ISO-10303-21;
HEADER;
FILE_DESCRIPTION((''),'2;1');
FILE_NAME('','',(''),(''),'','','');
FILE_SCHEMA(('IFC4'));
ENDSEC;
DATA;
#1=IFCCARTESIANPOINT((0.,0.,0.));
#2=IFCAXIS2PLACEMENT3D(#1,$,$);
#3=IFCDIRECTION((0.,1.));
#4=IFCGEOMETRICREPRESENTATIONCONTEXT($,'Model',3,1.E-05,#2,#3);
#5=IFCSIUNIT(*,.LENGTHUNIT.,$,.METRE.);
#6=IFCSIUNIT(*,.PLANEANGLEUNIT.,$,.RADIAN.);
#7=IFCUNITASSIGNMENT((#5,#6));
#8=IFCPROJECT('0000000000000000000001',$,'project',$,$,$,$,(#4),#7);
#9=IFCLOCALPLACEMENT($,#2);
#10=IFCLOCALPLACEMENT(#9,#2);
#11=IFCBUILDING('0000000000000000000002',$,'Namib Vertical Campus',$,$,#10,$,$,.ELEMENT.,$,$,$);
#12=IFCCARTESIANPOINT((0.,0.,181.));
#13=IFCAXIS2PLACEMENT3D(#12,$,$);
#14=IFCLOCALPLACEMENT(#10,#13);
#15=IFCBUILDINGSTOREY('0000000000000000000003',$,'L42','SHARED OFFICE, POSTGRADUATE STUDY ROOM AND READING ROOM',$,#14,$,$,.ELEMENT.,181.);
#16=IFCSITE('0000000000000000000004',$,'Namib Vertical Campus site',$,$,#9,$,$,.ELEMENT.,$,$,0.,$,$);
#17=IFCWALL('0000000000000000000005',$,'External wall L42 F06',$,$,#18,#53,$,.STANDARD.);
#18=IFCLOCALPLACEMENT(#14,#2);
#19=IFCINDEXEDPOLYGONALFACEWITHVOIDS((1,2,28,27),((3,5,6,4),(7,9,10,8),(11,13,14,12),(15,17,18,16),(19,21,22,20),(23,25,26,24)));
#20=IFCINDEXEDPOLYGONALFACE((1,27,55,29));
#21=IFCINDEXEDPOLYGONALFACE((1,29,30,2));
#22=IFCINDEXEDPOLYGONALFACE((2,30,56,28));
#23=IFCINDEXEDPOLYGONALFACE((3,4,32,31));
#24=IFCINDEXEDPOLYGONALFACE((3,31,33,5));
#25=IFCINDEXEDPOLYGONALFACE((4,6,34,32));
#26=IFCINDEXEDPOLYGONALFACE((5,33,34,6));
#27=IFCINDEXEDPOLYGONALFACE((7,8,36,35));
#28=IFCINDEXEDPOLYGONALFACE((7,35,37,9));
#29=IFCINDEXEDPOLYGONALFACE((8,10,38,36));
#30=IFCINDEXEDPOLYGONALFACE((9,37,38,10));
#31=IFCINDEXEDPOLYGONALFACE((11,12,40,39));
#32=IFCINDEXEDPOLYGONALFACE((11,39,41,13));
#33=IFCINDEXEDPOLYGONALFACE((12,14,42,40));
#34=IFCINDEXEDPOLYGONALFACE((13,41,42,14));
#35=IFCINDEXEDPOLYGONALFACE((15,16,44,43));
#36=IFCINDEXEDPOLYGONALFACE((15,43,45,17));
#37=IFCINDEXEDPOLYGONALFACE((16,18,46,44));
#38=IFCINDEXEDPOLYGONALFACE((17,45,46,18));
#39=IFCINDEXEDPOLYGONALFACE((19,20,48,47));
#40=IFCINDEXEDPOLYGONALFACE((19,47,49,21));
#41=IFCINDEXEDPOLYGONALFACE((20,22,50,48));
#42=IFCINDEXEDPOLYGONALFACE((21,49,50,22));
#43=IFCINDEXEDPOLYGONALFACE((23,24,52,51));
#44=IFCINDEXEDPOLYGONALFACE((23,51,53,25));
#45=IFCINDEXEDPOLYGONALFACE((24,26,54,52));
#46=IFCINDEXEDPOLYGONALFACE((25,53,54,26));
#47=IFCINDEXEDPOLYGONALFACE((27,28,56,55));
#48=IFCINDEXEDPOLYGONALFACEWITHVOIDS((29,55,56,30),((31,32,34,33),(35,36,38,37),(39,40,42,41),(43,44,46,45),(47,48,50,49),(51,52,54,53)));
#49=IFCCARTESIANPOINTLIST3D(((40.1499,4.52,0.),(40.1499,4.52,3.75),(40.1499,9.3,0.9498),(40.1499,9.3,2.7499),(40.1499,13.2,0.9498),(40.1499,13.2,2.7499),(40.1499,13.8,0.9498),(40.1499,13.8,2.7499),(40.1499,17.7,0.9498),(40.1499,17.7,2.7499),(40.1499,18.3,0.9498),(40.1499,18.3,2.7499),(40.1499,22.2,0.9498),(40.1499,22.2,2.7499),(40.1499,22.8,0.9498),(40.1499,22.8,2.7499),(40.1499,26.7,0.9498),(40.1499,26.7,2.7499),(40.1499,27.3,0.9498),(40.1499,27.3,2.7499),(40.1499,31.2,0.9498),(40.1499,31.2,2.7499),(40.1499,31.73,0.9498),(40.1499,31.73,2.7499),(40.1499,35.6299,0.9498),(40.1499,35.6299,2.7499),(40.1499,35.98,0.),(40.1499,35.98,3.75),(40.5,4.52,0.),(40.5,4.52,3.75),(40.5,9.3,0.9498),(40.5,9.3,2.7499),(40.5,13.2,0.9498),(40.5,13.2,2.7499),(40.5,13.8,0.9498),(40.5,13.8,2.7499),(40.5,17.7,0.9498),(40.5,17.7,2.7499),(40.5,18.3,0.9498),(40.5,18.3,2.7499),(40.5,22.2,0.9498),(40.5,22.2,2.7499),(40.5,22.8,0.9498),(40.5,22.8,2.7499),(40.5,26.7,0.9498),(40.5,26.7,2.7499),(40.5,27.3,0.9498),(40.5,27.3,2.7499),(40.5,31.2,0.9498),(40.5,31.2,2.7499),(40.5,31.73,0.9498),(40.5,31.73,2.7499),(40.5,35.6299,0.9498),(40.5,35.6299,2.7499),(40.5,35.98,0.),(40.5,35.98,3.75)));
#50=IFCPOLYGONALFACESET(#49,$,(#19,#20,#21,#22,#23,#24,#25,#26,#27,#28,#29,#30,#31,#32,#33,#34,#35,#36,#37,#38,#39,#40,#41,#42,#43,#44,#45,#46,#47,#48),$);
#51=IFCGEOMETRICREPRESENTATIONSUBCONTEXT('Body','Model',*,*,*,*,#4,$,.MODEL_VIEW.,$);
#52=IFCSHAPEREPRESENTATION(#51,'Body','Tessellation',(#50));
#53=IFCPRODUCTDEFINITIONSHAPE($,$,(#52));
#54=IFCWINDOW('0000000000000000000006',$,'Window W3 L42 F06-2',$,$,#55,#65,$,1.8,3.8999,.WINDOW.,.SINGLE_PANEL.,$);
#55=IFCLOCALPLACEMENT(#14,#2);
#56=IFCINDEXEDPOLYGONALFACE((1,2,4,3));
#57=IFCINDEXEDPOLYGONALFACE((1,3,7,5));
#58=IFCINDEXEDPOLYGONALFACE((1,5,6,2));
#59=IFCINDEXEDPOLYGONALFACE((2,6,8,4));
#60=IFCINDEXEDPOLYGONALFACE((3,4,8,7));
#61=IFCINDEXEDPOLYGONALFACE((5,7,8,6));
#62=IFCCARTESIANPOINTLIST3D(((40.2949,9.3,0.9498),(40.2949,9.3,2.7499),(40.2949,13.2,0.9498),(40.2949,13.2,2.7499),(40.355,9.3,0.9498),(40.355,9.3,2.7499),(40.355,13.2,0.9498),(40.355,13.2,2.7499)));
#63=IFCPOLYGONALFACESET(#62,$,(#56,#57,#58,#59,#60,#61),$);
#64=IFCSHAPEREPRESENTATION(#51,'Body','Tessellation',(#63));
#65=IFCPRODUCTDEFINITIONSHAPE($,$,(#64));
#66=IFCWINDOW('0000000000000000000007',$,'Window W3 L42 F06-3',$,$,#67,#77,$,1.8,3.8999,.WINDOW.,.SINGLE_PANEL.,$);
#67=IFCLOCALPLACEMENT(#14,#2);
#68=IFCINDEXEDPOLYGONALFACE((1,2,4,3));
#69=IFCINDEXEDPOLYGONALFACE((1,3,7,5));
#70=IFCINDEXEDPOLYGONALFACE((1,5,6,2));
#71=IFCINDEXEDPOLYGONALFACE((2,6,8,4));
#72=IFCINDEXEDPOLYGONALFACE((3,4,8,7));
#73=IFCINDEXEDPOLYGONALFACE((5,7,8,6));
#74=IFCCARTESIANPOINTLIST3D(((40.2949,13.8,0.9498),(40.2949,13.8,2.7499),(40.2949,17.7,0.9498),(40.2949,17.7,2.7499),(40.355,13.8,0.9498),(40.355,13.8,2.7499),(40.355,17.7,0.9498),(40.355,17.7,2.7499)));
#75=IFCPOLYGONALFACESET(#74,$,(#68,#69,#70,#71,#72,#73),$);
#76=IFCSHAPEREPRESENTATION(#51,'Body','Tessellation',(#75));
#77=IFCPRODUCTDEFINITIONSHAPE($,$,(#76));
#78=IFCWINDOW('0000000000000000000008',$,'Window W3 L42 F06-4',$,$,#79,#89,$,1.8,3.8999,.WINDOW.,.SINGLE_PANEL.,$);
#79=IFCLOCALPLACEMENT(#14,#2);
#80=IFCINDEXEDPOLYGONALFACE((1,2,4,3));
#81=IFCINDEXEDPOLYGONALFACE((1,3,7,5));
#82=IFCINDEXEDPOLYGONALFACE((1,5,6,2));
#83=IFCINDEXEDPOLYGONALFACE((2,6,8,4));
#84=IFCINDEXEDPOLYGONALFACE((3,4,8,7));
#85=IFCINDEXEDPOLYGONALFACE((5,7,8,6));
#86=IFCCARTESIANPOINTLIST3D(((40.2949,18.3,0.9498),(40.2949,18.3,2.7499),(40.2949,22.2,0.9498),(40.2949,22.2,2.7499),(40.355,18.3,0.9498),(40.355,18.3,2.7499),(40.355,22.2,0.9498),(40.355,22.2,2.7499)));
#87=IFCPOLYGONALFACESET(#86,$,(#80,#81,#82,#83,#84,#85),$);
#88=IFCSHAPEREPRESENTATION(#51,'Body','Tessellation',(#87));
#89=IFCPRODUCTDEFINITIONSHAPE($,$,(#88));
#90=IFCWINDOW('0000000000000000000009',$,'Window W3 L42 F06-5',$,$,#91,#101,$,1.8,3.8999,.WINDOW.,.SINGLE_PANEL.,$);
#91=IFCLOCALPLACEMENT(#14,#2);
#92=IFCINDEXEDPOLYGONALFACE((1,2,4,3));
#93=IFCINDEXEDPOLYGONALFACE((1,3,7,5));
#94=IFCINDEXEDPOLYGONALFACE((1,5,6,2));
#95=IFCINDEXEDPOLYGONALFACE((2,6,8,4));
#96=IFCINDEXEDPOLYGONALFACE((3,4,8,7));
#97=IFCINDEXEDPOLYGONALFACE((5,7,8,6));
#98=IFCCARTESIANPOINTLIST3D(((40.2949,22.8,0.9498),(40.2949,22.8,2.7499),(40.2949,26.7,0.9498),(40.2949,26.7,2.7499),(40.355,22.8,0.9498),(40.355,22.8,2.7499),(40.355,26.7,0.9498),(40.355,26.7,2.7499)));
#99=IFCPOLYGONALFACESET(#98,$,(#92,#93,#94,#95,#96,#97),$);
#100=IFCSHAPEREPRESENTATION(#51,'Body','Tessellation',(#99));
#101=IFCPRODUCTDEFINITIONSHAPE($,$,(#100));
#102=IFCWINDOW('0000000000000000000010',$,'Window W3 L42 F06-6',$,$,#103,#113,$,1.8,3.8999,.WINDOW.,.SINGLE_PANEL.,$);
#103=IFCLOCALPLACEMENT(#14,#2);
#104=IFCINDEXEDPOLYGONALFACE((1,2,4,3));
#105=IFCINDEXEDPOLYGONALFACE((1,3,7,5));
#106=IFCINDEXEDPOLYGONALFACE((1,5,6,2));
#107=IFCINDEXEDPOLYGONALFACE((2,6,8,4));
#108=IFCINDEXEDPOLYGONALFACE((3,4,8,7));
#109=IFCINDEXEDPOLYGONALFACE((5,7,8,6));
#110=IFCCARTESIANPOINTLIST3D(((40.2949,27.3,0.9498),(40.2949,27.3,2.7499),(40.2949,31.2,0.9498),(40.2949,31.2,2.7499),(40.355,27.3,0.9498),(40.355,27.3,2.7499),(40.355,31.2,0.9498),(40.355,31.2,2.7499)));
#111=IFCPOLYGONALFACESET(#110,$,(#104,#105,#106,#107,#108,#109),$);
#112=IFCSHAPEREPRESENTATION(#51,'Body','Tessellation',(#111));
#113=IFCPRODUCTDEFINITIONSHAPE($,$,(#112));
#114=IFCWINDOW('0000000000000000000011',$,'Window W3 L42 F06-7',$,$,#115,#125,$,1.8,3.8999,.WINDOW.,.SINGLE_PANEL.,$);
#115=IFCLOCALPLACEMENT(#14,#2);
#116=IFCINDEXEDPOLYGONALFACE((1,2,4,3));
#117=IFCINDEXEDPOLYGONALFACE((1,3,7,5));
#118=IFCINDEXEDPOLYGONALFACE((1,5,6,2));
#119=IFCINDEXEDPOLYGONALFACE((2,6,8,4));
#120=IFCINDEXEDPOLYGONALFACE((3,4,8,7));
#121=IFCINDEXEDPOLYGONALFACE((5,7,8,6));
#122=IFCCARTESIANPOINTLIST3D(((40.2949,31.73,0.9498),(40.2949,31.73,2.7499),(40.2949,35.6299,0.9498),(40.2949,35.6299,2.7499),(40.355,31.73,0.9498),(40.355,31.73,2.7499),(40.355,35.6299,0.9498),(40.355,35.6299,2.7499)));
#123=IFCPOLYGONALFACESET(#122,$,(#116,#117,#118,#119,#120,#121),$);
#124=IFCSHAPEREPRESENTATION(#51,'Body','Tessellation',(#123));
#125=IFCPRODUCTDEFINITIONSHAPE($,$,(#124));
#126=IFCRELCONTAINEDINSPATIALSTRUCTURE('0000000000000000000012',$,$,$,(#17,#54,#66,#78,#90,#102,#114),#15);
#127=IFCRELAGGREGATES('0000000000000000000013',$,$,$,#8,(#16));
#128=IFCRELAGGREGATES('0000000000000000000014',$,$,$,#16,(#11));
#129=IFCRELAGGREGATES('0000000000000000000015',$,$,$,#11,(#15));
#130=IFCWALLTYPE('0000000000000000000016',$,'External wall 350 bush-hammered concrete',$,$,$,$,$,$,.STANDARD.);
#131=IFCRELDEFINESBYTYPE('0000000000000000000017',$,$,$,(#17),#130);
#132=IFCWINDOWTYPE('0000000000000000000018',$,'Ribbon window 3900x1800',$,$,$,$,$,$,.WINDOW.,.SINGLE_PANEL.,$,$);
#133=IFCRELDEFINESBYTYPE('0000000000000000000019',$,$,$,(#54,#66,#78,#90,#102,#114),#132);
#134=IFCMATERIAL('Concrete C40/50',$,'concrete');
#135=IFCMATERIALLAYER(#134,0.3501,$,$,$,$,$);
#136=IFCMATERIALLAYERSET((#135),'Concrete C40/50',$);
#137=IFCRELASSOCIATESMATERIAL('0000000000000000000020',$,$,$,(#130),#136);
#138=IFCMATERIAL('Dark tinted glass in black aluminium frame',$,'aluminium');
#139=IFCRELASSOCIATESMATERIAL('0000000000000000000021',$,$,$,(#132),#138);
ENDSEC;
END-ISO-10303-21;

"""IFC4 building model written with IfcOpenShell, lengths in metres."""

from ifc_helpers import new_model, si_unit, direction, frame, frame_2d, origin, place, context, subcontext, project, spatial, rectangle, extrude, material, layer, layer_set, type_object, element, fill, save


model = new_model("IFC4")

# Units and contexts
model_context = context("Model", 3, precision=1e-05, world=origin(), true_north=direction((0.0, 1.0)))
body_context = subcontext(model_context, "Body", "Model", "MODEL_VIEW")
ifc_project = project(units=[si_unit("LENGTHUNIT", "METRE"), si_unit("PLANEANGLEUNIT", "RADIAN")], contexts=[model_context])

# Site, building, storey
site_placement = place(None, origin())
site = spatial("IfcSite", under=ifc_project, at=site_placement, Name="Namib Vertical Campus site", CompositionType="ELEMENT", RefElevation=0.0)
building_placement = place(site_placement, origin())
building = spatial("IfcBuilding", under=site, at=building_placement, Name="Namib Vertical Campus", CompositionType="ELEMENT")
storey_placement = place(building_placement, frame((0.0, 0.0, 181.0)))
storey = spatial("IfcBuildingStorey", under=building, at=storey_placement, Name="L42", Description="SHARED OFFICE, POSTGRADUATE STUDY ROOM AND READING ROOM", CompositionType="ELEMENT", Elevation=181.0)

# Wall, openings, windows
ifc_material_1 = material(Name="Concrete C40/50", Category="concrete")
ifc_layer_1 = layer(ifc_material_1, 0.3501)
ifc_layer_set_1 = layer_set([ifc_layer_1], Name="Concrete C40/50")
wall_type_1 = type_object("IfcWallType", Name="External wall 350 bush-hammered concrete", PredefinedType="STANDARD", material=ifc_layer_set_1)
wall_1_placement = place(storey_placement, frame((40.325, 4.52, 0.0), z_axis=(0.0, 0.0, 1.0), x_axis=(0.0, 1.0, 0.0)))
wall_1 = element("IfcWall", 1, at=wall_1_placement, inside=storey, type_object=wall_type_1, Name="External wall L42 F06", PredefinedType="STANDARD", context=body_context, shape_type="SweptSolid", body=[
    extrude(rectangle(XDim=31.46, YDim=0.3501, at=frame_2d((15.73, 0.0))), origin(), (0.0, 0.0, 1.0), 3.75),
])
opening_1_placement = place(wall_1_placement, frame((4.78, 0.0, 0.95)))
opening_1 = element("IfcOpeningElement", 2, at=opening_1_placement, cuts=wall_1, PredefinedType="OPENING", context=body_context, shape_type="SweptSolid", body=[
    extrude(rectangle(XDim=3.8999, YDim=1.8, at=frame_2d((1.95, 0.8999))), frame((0.0, 0.1851, 0.0), z_axis=(0.0, -1.0, 0.0), x_axis=(1.0, 0.0, 0.0)), (0.0, 0.0, 1.0), 0.3701),
])
opening_2_placement = place(wall_1_placement, frame((9.28, 0.0, 0.95)))
opening_2 = element("IfcOpeningElement", 3, at=opening_2_placement, cuts=wall_1, PredefinedType="OPENING", context=body_context, shape_type="SweptSolid", body=[
    extrude(rectangle(XDim=3.8999, YDim=1.8, at=frame_2d((1.95, 0.8999))), frame((0.0, 0.1851, 0.0), z_axis=(0.0, -1.0, 0.0), x_axis=(1.0, 0.0, 0.0)), (0.0, 0.0, 1.0), 0.3701),
])
opening_3_placement = place(wall_1_placement, frame((13.78, 0.0, 0.95)))
opening_3 = element("IfcOpeningElement", 4, at=opening_3_placement, cuts=wall_1, PredefinedType="OPENING", context=body_context, shape_type="SweptSolid", body=[
    extrude(rectangle(XDim=3.8999, YDim=1.8, at=frame_2d((1.95, 0.8999))), frame((0.0, 0.1851, 0.0), z_axis=(0.0, -1.0, 0.0), x_axis=(1.0, 0.0, 0.0)), (0.0, 0.0, 1.0), 0.3701),
])
opening_4_placement = place(wall_1_placement, frame((18.28, 0.0, 0.95)))
opening_4 = element("IfcOpeningElement", 5, at=opening_4_placement, cuts=wall_1, PredefinedType="OPENING", context=body_context, shape_type="SweptSolid", body=[
    extrude(rectangle(XDim=3.8999, YDim=1.8, at=frame_2d((1.95, 0.8999))), frame((0.0, 0.1851, 0.0), z_axis=(0.0, -1.0, 0.0), x_axis=(1.0, 0.0, 0.0)), (0.0, 0.0, 1.0), 0.3701),
])
opening_5_placement = place(wall_1_placement, frame((22.78, 0.0, 0.95)))
opening_5 = element("IfcOpeningElement", 6, at=opening_5_placement, cuts=wall_1, PredefinedType="OPENING", context=body_context, shape_type="SweptSolid", body=[
    extrude(rectangle(XDim=3.8999, YDim=1.8, at=frame_2d((1.95, 0.8999))), frame((0.0, 0.1851, 0.0), z_axis=(0.0, -1.0, 0.0), x_axis=(1.0, 0.0, 0.0)), (0.0, 0.0, 1.0), 0.3701),
])
opening_6_placement = place(wall_1_placement, frame((27.21, 0.0, 0.95)))
opening_6 = element("IfcOpeningElement", 7, at=opening_6_placement, cuts=wall_1, PredefinedType="OPENING", context=body_context, shape_type="SweptSolid", body=[
    extrude(rectangle(XDim=3.8999, YDim=1.8, at=frame_2d((1.95, 0.8999))), frame((0.0, 0.1851, 0.0), z_axis=(0.0, -1.0, 0.0), x_axis=(1.0, 0.0, 0.0)), (0.0, 0.0, 1.0), 0.3701),
])
ifc_material_2 = material(Name="Dark tinted glass in black aluminium frame", Category="aluminium")
window_type = type_object("IfcWindowType", Name="Ribbon window 3900x1800", PartitioningType="SINGLE_PANEL", PredefinedType="WINDOW", material=ifc_material_2)
window_1_placement = place(opening_1_placement, origin())
window_1 = element("IfcWindow", 8, at=window_1_placement, inside=storey, type_object=window_type, Name="Window W3 L42 F06-2", OverallHeight=1.8, OverallWidth=3.8999, PartitioningType="SINGLE_PANEL", PredefinedType="WINDOW", context=body_context, shape_type="SweptSolid", body=[
    extrude(rectangle(XDim=3.8999, YDim=1.8, at=frame_2d((1.95, 0.8999))), frame((0.0, 0.03, 0.0), z_axis=(0.0, -1.0, 0.0), x_axis=(1.0, 0.0, 0.0)), (0.0, 0.0, 1.0), 0.0601),
])
fill(opening_1, window_1)
window_2_placement = place(opening_2_placement, origin())
window_2 = element("IfcWindow", 9, at=window_2_placement, inside=storey, type_object=window_type, Name="Window W3 L42 F06-3", OverallHeight=1.8, OverallWidth=3.8999, PartitioningType="SINGLE_PANEL", PredefinedType="WINDOW", context=body_context, shape_type="SweptSolid", body=[
    extrude(rectangle(XDim=3.8999, YDim=1.8, at=frame_2d((1.95, 0.8999))), frame((0.0, 0.03, 0.0), z_axis=(0.0, -1.0, 0.0), x_axis=(1.0, 0.0, 0.0)), (0.0, 0.0, 1.0), 0.0601),
])
fill(opening_2, window_2)
window_3_placement = place(opening_3_placement, origin())
window_3 = element("IfcWindow", 10, at=window_3_placement, inside=storey, type_object=window_type, Name="Window W3 L42 F06-4", OverallHeight=1.8, OverallWidth=3.8999, PartitioningType="SINGLE_PANEL", PredefinedType="WINDOW", context=body_context, shape_type="SweptSolid", body=[
    extrude(rectangle(XDim=3.8999, YDim=1.8, at=frame_2d((1.95, 0.8999))), frame((0.0, 0.03, 0.0), z_axis=(0.0, -1.0, 0.0), x_axis=(1.0, 0.0, 0.0)), (0.0, 0.0, 1.0), 0.0601),
])
fill(opening_3, window_3)
window_4_placement = place(opening_4_placement, origin())
window_4 = element("IfcWindow", 11, at=window_4_placement, inside=storey, type_object=window_type, Name="Window W3 L42 F06-5", OverallHeight=1.8, OverallWidth=3.8999, PartitioningType="SINGLE_PANEL", PredefinedType="WINDOW", context=body_context, shape_type="SweptSolid", body=[
    extrude(rectangle(XDim=3.8999, YDim=1.8, at=frame_2d((1.95, 0.8999))), frame((0.0, 0.03, 0.0), z_axis=(0.0, -1.0, 0.0), x_axis=(1.0, 0.0, 0.0)), (0.0, 0.0, 1.0), 0.0601),
])
fill(opening_4, window_4)
window_5_placement = place(opening_5_placement, origin())
window_5 = element("IfcWindow", 12, at=window_5_placement, inside=storey, type_object=window_type, Name="Window W3 L42 F06-6", OverallHeight=1.8, OverallWidth=3.8999, PartitioningType="SINGLE_PANEL", PredefinedType="WINDOW", context=body_context, shape_type="SweptSolid", body=[
    extrude(rectangle(XDim=3.8999, YDim=1.8, at=frame_2d((1.95, 0.8999))), frame((0.0, 0.03, 0.0), z_axis=(0.0, -1.0, 0.0), x_axis=(1.0, 0.0, 0.0)), (0.0, 0.0, 1.0), 0.0601),
])
fill(opening_5, window_5)
window_6_placement = place(opening_6_placement, origin())
window_6 = element("IfcWindow", 13, at=window_6_placement, inside=storey, type_object=window_type, Name="Window W3 L42 F06-7", OverallHeight=1.8, OverallWidth=3.8999, PartitioningType="SINGLE_PANEL", PredefinedType="WINDOW", context=body_context, shape_type="SweptSolid", body=[
    extrude(rectangle(XDim=3.8999, YDim=1.8, at=frame_2d((1.95, 0.8999))), frame((0.0, 0.03, 0.0), z_axis=(0.0, -1.0, 0.0), x_axis=(1.0, 0.0, 0.0)), (0.0, 0.0, 1.0), 0.0601),
])
fill(opening_6, window_6)

save(model, "model.ifc")
